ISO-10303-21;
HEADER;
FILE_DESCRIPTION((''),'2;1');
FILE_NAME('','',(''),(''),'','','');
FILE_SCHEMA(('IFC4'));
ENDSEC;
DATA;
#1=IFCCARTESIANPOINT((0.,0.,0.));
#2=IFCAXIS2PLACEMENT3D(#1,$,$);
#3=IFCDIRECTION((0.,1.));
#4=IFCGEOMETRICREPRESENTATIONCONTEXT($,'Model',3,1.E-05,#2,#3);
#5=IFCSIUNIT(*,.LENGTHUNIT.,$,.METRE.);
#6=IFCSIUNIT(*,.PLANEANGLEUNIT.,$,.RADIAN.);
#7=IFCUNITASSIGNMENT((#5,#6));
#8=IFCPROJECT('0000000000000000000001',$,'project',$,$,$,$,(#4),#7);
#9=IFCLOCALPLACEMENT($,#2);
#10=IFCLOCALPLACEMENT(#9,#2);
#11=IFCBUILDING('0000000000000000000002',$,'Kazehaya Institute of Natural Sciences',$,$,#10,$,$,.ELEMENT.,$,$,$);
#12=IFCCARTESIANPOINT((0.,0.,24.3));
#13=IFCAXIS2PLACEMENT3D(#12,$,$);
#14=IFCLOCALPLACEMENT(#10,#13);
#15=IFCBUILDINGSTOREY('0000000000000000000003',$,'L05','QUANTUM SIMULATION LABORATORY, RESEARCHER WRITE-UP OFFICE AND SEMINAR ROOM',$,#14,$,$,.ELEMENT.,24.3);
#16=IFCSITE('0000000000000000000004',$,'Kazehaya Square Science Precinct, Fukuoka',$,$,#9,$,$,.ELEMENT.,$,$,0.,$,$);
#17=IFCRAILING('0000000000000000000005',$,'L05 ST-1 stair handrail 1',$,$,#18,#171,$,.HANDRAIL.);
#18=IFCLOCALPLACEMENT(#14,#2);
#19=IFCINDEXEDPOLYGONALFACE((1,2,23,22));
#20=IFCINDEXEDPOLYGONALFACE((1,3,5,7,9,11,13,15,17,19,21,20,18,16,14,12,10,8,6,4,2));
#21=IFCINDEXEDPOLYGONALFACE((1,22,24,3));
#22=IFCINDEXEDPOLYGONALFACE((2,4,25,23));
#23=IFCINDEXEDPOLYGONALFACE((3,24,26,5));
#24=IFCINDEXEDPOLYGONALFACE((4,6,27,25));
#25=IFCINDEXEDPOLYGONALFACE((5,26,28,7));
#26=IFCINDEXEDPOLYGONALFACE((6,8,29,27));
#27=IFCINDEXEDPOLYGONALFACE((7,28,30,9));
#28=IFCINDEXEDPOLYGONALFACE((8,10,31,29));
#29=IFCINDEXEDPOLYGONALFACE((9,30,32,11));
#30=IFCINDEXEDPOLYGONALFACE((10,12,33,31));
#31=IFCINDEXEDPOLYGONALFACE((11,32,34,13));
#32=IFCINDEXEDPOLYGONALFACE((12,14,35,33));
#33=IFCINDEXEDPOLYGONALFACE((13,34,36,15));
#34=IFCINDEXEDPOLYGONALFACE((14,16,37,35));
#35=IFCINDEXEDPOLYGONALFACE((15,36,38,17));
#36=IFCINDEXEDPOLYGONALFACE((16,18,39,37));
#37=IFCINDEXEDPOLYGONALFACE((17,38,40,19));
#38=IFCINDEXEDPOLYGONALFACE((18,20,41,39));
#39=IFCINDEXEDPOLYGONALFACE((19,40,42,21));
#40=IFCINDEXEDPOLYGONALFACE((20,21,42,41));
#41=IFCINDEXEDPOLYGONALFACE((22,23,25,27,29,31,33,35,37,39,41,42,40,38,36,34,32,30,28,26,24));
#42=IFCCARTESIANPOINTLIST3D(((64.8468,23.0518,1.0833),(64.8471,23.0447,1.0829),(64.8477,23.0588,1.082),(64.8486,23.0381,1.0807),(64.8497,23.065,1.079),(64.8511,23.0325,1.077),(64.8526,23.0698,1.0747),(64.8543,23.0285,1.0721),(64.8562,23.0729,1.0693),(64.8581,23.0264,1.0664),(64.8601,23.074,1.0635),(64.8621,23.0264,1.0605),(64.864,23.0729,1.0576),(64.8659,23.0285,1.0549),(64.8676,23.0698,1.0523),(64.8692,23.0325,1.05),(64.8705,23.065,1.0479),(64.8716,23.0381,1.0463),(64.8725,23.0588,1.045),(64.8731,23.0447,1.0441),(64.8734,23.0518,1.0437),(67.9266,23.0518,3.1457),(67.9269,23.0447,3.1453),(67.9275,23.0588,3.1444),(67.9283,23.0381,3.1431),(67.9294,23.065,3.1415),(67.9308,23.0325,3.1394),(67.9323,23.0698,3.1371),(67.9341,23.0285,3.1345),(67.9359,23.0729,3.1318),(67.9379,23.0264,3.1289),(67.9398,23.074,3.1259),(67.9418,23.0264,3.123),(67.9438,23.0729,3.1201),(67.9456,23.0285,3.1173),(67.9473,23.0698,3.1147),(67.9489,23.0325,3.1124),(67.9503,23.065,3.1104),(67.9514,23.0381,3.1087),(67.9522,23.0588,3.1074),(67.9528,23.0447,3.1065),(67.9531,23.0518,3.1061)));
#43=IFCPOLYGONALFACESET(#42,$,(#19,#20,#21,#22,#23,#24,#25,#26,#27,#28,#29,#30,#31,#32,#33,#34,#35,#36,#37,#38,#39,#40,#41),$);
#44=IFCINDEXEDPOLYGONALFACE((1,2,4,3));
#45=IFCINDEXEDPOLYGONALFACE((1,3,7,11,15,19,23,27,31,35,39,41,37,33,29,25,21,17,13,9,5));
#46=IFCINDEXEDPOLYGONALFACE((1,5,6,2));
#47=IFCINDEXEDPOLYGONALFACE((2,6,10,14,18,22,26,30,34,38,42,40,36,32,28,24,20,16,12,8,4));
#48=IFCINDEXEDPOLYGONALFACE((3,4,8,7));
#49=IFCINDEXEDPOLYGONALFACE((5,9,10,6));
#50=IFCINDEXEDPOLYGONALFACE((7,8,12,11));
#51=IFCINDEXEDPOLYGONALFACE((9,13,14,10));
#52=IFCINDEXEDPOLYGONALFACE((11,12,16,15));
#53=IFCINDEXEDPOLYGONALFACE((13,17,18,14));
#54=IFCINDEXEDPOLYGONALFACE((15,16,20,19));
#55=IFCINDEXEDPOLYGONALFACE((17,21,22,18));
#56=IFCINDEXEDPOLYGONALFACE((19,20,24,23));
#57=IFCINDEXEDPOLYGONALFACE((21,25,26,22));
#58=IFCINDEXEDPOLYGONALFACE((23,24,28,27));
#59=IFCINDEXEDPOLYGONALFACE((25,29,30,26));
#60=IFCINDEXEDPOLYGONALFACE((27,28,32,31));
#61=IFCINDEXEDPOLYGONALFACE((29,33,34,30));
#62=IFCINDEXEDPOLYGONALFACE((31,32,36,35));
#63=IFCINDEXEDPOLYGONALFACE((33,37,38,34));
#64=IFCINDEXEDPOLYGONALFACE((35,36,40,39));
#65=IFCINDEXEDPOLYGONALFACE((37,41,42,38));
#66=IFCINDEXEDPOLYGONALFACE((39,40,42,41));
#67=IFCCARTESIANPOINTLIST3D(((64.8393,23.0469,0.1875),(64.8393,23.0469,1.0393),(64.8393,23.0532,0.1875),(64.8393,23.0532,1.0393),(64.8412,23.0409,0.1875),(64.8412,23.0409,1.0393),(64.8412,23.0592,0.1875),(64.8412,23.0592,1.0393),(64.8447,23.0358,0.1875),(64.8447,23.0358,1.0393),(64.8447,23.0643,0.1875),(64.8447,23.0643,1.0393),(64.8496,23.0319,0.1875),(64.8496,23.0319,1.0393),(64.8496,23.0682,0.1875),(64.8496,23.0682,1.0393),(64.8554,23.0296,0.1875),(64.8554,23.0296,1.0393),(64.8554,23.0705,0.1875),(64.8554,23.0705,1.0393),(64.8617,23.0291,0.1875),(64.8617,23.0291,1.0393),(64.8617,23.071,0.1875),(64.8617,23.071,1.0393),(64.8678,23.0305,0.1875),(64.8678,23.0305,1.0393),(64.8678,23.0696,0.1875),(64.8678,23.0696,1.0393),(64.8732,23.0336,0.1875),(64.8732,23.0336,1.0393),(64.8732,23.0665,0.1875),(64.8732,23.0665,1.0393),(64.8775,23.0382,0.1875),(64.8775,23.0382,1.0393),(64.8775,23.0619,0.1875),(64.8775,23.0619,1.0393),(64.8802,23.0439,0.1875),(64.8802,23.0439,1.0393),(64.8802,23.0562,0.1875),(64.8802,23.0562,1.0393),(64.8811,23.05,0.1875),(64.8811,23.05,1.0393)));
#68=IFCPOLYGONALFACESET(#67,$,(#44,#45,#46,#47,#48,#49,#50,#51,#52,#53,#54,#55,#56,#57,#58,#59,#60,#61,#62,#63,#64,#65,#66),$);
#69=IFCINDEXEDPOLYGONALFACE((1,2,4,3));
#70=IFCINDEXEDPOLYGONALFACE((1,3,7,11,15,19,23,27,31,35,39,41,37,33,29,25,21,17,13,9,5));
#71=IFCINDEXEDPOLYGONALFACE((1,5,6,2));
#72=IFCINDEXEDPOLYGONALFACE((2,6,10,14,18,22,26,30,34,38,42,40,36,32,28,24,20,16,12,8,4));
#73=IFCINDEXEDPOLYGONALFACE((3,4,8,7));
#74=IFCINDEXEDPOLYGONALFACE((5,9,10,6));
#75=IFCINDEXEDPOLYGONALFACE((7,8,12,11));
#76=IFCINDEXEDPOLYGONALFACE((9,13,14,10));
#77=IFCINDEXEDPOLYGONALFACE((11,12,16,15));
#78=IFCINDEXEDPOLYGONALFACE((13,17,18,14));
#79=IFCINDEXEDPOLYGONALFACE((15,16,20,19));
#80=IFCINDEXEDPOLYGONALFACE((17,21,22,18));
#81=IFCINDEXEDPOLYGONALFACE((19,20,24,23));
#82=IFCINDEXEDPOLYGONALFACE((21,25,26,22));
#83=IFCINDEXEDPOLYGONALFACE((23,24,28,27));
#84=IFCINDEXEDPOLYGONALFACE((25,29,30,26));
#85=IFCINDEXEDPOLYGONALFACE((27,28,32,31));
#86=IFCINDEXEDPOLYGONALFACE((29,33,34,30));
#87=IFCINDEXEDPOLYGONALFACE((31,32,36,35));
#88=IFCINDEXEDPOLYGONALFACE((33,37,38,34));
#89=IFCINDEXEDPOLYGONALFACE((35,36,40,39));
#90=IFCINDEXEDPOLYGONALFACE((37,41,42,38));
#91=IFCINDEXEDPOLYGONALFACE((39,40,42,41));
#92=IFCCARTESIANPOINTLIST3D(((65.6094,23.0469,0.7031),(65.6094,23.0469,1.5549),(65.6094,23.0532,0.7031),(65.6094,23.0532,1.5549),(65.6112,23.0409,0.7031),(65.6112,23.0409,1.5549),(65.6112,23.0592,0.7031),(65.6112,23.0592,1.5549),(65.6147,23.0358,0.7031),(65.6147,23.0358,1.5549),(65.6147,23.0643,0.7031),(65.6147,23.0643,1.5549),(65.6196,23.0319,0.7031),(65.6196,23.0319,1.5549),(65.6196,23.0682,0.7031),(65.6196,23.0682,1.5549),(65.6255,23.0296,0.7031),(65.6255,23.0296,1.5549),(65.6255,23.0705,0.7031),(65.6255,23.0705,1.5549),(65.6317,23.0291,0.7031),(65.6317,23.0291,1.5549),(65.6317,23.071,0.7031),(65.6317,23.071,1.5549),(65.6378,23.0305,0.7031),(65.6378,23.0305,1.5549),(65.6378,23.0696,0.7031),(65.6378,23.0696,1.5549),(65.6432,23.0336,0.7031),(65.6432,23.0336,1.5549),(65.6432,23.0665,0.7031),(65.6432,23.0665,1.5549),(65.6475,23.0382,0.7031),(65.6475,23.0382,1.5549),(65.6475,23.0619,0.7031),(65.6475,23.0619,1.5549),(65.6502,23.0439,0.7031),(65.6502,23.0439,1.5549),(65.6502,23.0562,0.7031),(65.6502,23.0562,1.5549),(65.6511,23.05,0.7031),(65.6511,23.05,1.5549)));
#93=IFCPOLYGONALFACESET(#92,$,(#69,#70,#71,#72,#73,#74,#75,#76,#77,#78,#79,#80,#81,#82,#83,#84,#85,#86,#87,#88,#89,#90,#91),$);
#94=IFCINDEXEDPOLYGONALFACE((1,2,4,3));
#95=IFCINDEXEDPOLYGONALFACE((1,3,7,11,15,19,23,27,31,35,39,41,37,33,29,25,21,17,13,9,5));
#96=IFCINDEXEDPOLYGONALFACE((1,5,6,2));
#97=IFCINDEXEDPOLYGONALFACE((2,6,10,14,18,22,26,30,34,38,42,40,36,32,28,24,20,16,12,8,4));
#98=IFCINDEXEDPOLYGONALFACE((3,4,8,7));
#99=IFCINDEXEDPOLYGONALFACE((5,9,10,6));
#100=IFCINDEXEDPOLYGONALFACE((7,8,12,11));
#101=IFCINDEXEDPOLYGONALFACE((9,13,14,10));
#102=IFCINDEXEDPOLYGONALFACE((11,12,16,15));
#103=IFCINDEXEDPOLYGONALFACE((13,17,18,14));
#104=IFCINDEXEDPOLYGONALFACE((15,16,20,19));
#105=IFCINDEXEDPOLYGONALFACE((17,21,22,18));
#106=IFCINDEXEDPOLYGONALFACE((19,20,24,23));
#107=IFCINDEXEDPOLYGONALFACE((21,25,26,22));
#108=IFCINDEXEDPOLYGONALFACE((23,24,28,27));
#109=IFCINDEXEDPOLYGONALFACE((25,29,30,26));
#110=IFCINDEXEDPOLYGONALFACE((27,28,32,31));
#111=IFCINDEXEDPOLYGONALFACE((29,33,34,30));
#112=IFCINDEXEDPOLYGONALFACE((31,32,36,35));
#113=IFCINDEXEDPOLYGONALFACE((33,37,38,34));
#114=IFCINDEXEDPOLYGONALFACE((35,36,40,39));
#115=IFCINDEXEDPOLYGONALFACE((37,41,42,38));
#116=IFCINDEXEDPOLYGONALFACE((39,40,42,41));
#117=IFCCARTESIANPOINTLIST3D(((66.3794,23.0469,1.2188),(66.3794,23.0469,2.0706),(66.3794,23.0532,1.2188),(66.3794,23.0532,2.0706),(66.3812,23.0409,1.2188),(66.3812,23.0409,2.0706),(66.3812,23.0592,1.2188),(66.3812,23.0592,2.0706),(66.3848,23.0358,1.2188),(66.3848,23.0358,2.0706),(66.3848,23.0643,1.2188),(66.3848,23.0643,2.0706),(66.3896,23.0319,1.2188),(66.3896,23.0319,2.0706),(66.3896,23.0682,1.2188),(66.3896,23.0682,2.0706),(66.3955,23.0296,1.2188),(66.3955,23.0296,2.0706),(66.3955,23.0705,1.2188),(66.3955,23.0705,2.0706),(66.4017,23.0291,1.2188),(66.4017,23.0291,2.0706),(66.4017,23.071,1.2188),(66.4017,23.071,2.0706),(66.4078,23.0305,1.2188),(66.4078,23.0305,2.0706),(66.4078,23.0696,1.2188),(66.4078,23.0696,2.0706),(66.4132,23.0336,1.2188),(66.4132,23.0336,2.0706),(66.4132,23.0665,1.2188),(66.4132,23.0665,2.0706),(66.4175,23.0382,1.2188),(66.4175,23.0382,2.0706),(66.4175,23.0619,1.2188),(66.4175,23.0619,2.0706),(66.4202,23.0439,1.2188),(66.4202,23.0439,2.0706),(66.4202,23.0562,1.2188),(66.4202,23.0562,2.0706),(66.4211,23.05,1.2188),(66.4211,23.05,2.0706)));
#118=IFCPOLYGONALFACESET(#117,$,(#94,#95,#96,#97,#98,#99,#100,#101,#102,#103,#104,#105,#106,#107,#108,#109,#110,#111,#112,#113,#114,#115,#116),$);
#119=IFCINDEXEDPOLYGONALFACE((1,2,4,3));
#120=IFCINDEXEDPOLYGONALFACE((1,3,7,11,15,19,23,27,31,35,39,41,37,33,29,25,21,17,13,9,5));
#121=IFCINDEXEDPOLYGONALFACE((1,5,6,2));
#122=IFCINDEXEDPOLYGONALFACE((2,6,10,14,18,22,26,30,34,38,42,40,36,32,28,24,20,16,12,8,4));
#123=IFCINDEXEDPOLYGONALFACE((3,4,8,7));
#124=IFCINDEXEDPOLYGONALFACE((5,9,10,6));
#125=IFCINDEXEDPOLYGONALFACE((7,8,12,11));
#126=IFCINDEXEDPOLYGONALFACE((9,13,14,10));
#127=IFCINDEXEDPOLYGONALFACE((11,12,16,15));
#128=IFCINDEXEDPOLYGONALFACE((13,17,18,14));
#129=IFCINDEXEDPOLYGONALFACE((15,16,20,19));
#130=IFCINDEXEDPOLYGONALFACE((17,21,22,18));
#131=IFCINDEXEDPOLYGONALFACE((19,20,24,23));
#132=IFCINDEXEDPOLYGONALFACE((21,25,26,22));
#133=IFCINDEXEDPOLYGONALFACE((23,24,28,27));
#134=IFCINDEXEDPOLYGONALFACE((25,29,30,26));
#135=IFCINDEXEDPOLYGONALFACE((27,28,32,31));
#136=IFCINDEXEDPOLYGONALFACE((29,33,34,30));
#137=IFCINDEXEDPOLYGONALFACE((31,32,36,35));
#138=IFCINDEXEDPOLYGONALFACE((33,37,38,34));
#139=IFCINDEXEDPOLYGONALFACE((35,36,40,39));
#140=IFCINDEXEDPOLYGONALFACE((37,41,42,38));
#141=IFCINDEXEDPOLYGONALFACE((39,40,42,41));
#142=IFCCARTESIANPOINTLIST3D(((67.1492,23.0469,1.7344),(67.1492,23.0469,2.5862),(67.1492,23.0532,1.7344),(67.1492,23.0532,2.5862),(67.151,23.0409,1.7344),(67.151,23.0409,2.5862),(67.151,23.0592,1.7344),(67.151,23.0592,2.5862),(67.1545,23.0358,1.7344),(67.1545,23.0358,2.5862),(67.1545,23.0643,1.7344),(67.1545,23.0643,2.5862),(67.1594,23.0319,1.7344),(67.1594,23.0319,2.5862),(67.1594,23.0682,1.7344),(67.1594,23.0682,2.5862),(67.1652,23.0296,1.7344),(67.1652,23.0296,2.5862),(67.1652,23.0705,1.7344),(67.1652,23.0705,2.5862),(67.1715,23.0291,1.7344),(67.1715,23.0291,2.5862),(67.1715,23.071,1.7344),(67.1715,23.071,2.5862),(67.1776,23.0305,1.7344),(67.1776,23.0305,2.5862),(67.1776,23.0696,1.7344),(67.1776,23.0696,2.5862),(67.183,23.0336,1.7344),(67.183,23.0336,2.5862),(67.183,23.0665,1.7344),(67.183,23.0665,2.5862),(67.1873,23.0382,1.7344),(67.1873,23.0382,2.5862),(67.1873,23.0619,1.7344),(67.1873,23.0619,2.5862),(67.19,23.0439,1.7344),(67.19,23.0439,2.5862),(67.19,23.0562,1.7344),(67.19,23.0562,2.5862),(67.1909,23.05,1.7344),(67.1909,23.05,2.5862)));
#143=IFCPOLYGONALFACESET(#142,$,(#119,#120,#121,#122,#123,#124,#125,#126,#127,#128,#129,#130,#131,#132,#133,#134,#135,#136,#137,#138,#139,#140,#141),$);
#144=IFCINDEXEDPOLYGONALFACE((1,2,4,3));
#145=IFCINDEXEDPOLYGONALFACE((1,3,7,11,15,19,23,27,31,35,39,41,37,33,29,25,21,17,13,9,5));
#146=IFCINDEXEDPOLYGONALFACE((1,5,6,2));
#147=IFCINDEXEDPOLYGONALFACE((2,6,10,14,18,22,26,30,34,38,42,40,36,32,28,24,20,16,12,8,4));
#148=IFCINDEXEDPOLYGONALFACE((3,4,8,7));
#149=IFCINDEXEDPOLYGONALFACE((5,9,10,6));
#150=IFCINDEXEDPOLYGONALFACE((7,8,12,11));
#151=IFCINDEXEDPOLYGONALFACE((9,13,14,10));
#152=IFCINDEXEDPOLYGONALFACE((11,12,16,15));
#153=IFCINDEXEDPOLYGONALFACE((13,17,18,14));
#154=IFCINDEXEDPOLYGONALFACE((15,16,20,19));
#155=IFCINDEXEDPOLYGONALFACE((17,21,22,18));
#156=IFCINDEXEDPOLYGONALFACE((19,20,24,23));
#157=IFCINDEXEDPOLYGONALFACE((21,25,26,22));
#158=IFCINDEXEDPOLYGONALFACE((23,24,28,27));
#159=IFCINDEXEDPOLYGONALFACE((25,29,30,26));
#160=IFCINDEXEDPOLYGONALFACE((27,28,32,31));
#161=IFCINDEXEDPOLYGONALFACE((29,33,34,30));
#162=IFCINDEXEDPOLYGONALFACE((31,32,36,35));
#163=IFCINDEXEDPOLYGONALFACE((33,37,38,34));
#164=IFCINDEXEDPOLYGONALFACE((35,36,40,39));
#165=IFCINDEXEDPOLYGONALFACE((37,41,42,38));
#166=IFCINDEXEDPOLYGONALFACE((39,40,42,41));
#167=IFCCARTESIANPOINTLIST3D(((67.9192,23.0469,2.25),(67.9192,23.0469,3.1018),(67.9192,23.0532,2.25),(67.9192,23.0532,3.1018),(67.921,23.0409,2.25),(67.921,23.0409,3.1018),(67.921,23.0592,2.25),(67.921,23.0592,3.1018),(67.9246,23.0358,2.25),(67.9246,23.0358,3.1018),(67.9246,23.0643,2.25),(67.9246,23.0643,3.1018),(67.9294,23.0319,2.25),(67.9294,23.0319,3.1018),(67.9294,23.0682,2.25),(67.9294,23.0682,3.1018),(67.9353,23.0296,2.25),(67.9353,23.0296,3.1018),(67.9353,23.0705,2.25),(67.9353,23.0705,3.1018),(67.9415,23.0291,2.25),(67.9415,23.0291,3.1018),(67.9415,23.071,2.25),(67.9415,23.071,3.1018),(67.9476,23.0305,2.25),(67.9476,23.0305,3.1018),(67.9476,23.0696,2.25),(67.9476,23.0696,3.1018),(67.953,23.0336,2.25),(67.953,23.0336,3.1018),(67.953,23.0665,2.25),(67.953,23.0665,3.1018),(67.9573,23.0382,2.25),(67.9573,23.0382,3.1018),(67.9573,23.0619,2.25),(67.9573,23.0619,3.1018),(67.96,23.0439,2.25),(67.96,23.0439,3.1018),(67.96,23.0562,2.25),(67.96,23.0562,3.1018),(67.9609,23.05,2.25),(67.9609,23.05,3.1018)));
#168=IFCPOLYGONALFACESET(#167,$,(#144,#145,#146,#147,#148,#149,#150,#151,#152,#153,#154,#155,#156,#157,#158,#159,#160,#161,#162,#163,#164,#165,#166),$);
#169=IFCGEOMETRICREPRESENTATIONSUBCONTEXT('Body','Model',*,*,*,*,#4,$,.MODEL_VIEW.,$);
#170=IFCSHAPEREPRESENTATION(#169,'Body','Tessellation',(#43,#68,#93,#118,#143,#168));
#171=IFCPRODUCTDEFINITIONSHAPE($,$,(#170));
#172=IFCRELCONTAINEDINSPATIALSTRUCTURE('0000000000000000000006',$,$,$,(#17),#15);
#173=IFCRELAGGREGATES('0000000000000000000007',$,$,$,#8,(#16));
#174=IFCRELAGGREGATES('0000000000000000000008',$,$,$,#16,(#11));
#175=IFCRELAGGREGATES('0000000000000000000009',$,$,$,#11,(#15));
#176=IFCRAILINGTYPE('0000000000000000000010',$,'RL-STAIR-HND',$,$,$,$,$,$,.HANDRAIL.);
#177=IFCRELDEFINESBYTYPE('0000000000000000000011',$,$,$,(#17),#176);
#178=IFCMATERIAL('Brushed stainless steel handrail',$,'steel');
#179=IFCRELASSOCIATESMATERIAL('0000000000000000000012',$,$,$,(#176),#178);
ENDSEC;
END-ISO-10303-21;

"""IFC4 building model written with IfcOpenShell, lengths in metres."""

from ifc_helpers import new_model, si_unit, direction, frame, origin, origin_2d, place, context, subcontext, project, spatial, circle, extrude, material, type_object, element, save


model = new_model("IFC4")

# Units and contexts
model_context = context("Model", 3, precision=1e-05, world=origin(), true_north=direction((0.0, 1.0)))
body_context = subcontext(model_context, "Body", "Model", "MODEL_VIEW")
ifc_project = project(units=[si_unit("LENGTHUNIT", "METRE"), si_unit("PLANEANGLEUNIT", "RADIAN")], contexts=[model_context])

# Site, building, storey
site_placement = place(None, origin())
site = spatial("IfcSite", under=ifc_project, at=site_placement, Name="Kazehaya Square Science Precinct, Fukuoka", CompositionType="ELEMENT", RefElevation=0.0)
building_placement = place(site_placement, origin())
building = spatial("IfcBuilding", under=site, at=building_placement, Name="Kazehaya Institute of Natural Sciences", CompositionType="ELEMENT")
storey_placement = place(building_placement, frame((0.0, 0.0, 24.3)))
storey = spatial("IfcBuildingStorey", under=building, at=storey_placement, Name="L05", Description="QUANTUM SIMULATION LABORATORY, RESEARCHER WRITE-UP OFFICE AND SEMINAR ROOM", CompositionType="ELEMENT", Elevation=24.3)

# Railing
ifc_material_1 = material(Name="Brushed stainless steel handrail", Category="steel")
railing_type_1 = type_object("IfcRailingType", Name="RL-STAIR-HND", PredefinedType="HANDRAIL", material=ifc_material_1)
railing_1_placement = place(storey_placement, frame((64.8601, 23.05, 0.1875)))
element("IfcRailing", 1, at=railing_1_placement, inside=storey, type_object=railing_type_1, Name="L05 ST-1 stair handrail 1", PredefinedType="HANDRAIL", context=body_context, shape_type="SweptSolid", body=[
    extrude(circle(Radius=0.0239, at=origin_2d()), frame((0.0, 0.0, 0.876), z_axis=(0.830893, 0.0, 0.556432), x_axis=(0.0, 1.0, 0.0)), (0.0, 0.0, 1.0), 3.7065),
    extrude(circle(Radius=0.021, at=origin_2d()), origin(), (0.0, 0.0, 1.0), 0.8518),
    extrude(circle(Radius=0.021, at=origin_2d()), frame((0.77, 0.0, 0.5156)), (0.0, 0.0, 1.0), 0.8518),
    extrude(circle(Radius=0.021, at=origin_2d()), frame((1.54, 0.0, 1.0312)), (0.0, 0.0, 1.0), 0.8518),
    extrude(circle(Radius=0.021, at=origin_2d()), frame((2.3098, 0.0, 1.5469)), (0.0, 0.0, 1.0), 0.8518),
    extrude(circle(Radius=0.021, at=origin_2d()), frame((3.0798, 0.0, 2.0625)), (0.0, 0.0, 1.0), 0.8518),
])

save(model, "model.ifc")
